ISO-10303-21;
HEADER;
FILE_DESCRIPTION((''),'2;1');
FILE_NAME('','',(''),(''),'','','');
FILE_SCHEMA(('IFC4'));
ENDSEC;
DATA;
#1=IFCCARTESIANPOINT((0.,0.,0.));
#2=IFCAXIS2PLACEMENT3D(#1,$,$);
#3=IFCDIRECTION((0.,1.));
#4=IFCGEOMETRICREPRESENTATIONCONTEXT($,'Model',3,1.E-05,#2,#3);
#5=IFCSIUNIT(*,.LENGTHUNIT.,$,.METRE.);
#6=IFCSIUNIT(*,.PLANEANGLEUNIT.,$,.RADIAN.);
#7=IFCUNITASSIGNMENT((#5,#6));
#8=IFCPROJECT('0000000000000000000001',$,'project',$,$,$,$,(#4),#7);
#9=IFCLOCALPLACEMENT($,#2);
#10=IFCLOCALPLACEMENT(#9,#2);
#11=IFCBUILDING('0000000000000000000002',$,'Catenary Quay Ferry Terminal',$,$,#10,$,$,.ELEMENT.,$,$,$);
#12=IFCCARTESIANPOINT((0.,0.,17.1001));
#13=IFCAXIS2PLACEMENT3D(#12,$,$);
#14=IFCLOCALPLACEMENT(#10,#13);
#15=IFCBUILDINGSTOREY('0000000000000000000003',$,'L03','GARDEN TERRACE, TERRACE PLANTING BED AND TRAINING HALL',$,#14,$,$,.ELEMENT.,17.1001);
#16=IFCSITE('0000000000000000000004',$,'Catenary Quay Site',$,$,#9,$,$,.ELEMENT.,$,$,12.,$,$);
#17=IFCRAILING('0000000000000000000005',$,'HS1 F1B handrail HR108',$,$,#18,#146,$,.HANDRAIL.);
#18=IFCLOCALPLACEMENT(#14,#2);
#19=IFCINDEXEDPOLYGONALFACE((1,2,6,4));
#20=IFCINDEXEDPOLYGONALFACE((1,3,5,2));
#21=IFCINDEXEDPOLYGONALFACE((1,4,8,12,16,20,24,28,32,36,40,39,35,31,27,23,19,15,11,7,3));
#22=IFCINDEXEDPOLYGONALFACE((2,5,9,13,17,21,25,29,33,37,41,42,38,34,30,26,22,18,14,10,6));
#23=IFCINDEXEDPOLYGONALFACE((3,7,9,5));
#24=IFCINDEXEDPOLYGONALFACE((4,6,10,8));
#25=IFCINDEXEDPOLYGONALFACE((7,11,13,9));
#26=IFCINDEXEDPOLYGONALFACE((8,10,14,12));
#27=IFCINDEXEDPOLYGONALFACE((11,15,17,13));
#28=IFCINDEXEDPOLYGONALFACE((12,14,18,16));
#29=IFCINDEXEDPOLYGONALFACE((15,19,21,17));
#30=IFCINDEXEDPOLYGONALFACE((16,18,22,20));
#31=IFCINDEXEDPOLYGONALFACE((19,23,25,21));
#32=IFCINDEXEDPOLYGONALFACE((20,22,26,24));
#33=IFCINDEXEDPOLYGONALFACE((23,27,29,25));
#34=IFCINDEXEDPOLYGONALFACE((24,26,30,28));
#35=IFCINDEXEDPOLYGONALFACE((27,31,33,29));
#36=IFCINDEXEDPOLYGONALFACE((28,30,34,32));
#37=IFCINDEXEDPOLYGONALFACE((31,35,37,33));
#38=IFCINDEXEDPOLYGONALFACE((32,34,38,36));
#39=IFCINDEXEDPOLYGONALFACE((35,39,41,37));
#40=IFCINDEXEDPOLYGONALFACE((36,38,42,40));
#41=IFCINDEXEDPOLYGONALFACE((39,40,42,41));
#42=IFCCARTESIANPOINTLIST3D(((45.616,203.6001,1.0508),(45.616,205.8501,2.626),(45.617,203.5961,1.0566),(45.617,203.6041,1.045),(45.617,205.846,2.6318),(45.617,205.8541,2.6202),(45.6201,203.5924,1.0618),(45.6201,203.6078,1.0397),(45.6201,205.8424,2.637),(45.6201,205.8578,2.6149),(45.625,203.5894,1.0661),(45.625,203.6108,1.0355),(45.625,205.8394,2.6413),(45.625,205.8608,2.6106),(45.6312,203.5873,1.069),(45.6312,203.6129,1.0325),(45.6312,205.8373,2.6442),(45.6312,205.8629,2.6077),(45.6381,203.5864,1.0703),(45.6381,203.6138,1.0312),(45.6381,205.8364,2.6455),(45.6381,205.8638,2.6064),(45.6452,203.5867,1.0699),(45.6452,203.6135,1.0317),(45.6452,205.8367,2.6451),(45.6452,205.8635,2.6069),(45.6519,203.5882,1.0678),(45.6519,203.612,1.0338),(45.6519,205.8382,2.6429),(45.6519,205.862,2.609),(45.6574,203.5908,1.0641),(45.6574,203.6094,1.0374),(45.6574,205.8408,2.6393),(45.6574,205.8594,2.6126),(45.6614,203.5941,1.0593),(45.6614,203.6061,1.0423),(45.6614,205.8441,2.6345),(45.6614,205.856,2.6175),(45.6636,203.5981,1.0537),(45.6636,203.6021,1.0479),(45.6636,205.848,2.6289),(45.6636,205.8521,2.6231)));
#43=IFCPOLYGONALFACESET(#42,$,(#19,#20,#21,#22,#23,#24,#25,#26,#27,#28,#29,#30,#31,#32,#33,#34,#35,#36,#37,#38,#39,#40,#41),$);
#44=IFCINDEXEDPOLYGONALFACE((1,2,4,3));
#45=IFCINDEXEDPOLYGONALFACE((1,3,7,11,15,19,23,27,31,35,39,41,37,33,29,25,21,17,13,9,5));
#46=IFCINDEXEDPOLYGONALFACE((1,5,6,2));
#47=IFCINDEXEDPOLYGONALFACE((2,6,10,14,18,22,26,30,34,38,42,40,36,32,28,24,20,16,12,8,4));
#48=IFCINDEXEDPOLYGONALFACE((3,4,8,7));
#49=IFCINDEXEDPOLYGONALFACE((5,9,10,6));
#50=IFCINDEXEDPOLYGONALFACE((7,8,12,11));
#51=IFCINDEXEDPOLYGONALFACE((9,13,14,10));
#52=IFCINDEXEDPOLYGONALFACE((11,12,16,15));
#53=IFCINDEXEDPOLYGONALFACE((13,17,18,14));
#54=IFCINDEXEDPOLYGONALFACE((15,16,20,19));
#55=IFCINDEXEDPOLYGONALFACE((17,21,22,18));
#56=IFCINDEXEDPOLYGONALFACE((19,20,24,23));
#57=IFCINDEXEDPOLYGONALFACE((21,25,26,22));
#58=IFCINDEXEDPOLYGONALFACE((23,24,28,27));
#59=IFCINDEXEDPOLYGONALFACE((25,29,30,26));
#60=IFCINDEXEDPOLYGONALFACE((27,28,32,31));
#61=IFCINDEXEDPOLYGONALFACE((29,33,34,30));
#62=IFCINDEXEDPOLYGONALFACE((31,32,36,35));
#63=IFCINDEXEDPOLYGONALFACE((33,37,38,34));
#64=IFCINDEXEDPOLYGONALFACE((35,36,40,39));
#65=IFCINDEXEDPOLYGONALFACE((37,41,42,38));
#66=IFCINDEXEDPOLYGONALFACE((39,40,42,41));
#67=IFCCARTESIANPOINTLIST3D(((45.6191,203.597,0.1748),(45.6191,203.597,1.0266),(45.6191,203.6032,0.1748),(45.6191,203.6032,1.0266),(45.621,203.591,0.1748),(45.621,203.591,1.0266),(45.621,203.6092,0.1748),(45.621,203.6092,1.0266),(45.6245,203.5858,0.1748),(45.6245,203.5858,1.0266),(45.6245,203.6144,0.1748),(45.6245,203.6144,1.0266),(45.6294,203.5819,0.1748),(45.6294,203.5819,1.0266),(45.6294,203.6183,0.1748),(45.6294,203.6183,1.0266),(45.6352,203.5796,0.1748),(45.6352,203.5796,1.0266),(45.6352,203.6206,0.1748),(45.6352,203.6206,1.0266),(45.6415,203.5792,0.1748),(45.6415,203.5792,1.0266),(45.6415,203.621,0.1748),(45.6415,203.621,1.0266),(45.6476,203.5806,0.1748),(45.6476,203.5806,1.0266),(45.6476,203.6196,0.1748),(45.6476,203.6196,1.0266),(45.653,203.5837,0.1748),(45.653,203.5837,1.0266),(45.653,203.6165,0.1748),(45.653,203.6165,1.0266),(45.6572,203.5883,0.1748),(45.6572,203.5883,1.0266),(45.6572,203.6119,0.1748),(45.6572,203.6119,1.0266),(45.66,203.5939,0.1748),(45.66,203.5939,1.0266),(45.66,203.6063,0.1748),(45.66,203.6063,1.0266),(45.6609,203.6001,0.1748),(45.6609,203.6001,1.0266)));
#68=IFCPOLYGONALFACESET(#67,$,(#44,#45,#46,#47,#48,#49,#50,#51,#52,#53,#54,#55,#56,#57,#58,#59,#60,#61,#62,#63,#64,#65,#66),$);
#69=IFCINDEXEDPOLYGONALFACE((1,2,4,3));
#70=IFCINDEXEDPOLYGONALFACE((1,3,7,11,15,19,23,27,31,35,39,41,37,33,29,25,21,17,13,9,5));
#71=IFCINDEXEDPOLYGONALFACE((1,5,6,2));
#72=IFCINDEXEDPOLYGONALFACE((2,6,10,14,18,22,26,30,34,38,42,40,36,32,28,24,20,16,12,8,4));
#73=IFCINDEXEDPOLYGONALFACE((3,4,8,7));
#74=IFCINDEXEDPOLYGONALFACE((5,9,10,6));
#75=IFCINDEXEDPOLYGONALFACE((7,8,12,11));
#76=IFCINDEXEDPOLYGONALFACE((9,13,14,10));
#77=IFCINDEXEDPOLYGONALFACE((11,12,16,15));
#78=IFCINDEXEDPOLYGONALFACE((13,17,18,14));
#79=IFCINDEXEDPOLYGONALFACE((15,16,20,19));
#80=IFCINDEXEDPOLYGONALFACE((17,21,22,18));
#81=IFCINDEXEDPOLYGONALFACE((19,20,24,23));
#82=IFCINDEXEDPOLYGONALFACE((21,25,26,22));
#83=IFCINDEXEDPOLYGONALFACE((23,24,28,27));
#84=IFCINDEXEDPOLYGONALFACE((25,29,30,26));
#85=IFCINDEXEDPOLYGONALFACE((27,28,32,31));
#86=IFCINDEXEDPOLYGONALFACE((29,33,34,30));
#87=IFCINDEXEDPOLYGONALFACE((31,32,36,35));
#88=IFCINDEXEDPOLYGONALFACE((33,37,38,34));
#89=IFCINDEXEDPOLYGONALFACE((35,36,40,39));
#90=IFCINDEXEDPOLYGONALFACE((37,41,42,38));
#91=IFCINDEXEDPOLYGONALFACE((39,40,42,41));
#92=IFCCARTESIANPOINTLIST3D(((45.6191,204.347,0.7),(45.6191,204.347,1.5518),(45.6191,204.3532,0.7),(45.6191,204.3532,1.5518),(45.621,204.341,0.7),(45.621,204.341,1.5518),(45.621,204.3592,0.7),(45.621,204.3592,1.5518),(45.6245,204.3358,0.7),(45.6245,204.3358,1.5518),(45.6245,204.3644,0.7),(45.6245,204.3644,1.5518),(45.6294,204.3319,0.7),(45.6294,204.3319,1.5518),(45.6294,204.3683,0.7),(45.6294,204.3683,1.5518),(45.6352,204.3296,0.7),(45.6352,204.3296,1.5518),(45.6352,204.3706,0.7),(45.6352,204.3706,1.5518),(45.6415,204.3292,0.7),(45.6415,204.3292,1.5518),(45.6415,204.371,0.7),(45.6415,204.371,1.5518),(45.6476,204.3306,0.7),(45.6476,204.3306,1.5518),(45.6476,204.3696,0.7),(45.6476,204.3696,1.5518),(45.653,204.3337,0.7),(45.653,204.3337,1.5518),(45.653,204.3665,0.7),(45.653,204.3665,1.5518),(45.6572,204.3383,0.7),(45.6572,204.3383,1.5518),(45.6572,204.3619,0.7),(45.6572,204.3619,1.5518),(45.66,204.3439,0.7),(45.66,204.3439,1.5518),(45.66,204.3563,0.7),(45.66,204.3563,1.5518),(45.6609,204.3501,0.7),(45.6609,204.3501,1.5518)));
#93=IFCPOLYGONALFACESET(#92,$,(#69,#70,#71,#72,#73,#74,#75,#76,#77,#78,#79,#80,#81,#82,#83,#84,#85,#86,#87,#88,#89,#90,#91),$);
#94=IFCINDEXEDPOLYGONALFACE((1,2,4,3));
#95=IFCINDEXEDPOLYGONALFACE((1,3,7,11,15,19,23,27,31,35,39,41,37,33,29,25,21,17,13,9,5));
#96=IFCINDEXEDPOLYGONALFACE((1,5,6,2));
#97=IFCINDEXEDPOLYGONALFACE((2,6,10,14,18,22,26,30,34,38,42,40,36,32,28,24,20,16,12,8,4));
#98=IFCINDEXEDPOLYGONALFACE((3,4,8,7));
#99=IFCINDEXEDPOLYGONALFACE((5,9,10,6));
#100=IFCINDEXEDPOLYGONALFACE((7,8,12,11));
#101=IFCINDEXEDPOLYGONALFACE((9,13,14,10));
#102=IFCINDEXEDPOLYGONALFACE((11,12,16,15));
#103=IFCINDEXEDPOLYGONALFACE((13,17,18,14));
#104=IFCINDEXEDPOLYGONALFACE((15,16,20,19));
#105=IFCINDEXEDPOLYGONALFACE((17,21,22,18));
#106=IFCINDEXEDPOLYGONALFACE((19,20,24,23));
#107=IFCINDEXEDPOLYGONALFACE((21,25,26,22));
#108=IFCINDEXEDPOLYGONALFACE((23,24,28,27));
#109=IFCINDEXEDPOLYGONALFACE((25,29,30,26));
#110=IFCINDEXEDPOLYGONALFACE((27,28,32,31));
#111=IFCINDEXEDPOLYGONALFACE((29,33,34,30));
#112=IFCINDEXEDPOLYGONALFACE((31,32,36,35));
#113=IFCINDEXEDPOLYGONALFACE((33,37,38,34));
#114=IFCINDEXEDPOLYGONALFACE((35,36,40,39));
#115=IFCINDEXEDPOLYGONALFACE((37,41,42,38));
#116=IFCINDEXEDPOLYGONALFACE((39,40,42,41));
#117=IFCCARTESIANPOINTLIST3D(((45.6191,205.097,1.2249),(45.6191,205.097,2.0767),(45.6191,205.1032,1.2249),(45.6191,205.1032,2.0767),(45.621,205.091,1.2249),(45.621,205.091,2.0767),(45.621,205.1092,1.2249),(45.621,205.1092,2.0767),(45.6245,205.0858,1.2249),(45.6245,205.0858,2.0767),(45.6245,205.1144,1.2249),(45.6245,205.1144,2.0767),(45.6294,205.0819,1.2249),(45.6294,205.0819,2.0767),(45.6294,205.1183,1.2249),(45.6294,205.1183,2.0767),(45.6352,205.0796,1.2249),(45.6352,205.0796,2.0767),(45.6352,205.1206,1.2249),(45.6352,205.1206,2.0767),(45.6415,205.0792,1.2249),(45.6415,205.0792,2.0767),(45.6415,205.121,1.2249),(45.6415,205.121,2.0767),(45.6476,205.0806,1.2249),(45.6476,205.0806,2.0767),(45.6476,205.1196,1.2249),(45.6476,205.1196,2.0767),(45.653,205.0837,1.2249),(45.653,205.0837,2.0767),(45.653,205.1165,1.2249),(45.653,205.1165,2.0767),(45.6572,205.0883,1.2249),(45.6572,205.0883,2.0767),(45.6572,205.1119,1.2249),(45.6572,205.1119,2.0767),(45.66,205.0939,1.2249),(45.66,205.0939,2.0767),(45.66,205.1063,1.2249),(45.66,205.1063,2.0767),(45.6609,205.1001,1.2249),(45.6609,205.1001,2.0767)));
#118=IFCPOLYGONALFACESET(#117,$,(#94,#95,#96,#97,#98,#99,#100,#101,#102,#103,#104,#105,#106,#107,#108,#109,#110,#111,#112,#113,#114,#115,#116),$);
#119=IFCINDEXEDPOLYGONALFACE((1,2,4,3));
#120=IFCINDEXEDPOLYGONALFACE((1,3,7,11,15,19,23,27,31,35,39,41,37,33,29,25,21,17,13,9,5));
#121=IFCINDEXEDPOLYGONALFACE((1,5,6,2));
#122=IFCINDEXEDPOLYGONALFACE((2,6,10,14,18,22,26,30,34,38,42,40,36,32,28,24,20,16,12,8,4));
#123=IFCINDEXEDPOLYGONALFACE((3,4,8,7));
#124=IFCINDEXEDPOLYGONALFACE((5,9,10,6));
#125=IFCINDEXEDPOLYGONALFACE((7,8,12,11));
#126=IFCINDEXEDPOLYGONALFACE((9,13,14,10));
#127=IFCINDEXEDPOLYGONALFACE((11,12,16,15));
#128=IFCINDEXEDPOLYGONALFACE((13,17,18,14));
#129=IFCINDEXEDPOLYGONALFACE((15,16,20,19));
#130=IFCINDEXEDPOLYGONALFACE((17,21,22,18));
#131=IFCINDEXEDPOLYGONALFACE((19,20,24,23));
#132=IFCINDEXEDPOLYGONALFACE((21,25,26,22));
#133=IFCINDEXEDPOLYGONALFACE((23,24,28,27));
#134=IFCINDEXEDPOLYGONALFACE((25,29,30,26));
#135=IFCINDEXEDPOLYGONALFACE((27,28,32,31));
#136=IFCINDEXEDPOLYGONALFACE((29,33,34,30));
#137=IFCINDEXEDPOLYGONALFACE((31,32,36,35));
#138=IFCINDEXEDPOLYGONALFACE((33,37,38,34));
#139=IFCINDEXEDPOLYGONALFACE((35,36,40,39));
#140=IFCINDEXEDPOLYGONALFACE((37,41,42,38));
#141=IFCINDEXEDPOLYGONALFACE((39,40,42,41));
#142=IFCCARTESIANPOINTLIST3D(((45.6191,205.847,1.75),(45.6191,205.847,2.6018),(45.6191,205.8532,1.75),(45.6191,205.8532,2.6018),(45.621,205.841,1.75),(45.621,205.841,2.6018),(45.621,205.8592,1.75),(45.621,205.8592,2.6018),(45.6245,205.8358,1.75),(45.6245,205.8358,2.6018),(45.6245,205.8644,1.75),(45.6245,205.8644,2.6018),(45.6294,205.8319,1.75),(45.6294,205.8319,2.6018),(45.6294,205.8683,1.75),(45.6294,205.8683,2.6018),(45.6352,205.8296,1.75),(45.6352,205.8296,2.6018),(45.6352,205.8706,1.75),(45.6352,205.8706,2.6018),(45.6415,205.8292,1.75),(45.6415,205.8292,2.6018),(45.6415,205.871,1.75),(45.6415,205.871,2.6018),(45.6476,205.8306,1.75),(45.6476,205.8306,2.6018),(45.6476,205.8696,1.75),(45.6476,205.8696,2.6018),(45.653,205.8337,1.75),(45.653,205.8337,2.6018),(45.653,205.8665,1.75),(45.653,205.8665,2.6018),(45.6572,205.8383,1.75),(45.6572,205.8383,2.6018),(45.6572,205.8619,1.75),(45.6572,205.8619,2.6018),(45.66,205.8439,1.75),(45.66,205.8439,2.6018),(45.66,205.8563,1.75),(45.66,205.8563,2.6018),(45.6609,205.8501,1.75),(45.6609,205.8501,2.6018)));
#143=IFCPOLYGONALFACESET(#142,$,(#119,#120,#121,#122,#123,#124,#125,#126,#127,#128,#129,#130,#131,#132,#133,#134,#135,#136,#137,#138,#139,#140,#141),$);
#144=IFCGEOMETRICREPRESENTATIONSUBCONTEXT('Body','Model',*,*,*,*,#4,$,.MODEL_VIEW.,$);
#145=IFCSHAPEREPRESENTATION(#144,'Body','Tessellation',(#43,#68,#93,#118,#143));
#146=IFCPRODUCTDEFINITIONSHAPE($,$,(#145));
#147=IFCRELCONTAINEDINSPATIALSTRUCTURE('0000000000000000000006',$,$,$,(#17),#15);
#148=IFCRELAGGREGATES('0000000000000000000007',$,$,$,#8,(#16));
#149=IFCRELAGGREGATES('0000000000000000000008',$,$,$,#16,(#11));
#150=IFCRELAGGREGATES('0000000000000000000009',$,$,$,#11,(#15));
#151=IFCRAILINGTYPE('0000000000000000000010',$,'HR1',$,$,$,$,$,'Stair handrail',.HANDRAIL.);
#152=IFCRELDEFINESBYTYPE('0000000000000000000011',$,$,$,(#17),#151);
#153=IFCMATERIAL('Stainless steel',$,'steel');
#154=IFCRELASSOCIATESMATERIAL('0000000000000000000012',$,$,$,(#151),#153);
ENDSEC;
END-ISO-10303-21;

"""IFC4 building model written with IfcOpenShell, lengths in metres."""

from ifc_helpers import new_model, si_unit, direction, frame, origin, origin_2d, place, context, subcontext, project, spatial, circle, extrude, material, type_object, element, save


model = new_model("IFC4")

# Units and contexts
model_context = context("Model", 3, precision=1e-05, world=origin(), true_north=direction((0.0, 1.0)))
body_context = subcontext(model_context, "Body", "Model", "MODEL_VIEW")
ifc_project = project(units=[si_unit("LENGTHUNIT", "METRE"), si_unit("PLANEANGLEUNIT", "RADIAN")], contexts=[model_context])

# Site, building, storey
site_placement = place(None, origin())
site = spatial("IfcSite", under=ifc_project, at=site_placement, Name="Catenary Quay Site", CompositionType="ELEMENT", RefElevation=12.0)
building_placement = place(site_placement, origin())
building = spatial("IfcBuilding", under=site, at=building_placement, Name="Catenary Quay Ferry Terminal", CompositionType="ELEMENT")
storey_placement = place(building_placement, frame((0.0, 0.0, 17.1001)))
storey = spatial("IfcBuildingStorey", under=building, at=storey_placement, Name="L03", Description="GARDEN TERRACE, TERRACE PLANTING BED AND TRAINING HALL", CompositionType="ELEMENT", Elevation=17.1001)

# Railing
ifc_material_1 = material(Name="Stainless steel", Category="steel")
railing_type_1 = type_object("IfcRailingType", Name="HR1", ElementType="Stair handrail", PredefinedType="HANDRAIL", material=ifc_material_1)
for number, where, name in (
    (1, (45.6399, 203.6001, 0.1748), "HS1 F1B handrail HR108"),
):
    element("IfcRailing", number, at=place(storey_placement, frame(where)), inside=storey, type_object=railing_type_1, Name=name, PredefinedType="HANDRAIL", context=body_context, shape_type="SweptSolid", body=[
        extrude(circle(Radius=0.0239, at=origin_2d()), frame((0.0, 0.0, 0.876), z_axis=(0.0, 0.819199, 0.57351), x_axis=(-1.0, 0.0, 0.0)), (0.0, 0.0, 1.0), 2.7466),
        extrude(circle(Radius=0.021, at=origin_2d()), origin(), (0.0, 0.0, 1.0), 0.8518),
        extrude(circle(Radius=0.021, at=origin_2d()), frame((0.0, 0.75, 0.5251)), (0.0, 0.0, 1.0), 0.8518),
        extrude(circle(Radius=0.021, at=origin_2d()), frame((0.0, 1.5, 1.05)), (0.0, 0.0, 1.0), 0.8518),
        extrude(circle(Radius=0.021, at=origin_2d()), frame((0.0, 2.25, 1.5752)), (0.0, 0.0, 1.0), 0.8518),
    ])

save(model, "model.ifc")
